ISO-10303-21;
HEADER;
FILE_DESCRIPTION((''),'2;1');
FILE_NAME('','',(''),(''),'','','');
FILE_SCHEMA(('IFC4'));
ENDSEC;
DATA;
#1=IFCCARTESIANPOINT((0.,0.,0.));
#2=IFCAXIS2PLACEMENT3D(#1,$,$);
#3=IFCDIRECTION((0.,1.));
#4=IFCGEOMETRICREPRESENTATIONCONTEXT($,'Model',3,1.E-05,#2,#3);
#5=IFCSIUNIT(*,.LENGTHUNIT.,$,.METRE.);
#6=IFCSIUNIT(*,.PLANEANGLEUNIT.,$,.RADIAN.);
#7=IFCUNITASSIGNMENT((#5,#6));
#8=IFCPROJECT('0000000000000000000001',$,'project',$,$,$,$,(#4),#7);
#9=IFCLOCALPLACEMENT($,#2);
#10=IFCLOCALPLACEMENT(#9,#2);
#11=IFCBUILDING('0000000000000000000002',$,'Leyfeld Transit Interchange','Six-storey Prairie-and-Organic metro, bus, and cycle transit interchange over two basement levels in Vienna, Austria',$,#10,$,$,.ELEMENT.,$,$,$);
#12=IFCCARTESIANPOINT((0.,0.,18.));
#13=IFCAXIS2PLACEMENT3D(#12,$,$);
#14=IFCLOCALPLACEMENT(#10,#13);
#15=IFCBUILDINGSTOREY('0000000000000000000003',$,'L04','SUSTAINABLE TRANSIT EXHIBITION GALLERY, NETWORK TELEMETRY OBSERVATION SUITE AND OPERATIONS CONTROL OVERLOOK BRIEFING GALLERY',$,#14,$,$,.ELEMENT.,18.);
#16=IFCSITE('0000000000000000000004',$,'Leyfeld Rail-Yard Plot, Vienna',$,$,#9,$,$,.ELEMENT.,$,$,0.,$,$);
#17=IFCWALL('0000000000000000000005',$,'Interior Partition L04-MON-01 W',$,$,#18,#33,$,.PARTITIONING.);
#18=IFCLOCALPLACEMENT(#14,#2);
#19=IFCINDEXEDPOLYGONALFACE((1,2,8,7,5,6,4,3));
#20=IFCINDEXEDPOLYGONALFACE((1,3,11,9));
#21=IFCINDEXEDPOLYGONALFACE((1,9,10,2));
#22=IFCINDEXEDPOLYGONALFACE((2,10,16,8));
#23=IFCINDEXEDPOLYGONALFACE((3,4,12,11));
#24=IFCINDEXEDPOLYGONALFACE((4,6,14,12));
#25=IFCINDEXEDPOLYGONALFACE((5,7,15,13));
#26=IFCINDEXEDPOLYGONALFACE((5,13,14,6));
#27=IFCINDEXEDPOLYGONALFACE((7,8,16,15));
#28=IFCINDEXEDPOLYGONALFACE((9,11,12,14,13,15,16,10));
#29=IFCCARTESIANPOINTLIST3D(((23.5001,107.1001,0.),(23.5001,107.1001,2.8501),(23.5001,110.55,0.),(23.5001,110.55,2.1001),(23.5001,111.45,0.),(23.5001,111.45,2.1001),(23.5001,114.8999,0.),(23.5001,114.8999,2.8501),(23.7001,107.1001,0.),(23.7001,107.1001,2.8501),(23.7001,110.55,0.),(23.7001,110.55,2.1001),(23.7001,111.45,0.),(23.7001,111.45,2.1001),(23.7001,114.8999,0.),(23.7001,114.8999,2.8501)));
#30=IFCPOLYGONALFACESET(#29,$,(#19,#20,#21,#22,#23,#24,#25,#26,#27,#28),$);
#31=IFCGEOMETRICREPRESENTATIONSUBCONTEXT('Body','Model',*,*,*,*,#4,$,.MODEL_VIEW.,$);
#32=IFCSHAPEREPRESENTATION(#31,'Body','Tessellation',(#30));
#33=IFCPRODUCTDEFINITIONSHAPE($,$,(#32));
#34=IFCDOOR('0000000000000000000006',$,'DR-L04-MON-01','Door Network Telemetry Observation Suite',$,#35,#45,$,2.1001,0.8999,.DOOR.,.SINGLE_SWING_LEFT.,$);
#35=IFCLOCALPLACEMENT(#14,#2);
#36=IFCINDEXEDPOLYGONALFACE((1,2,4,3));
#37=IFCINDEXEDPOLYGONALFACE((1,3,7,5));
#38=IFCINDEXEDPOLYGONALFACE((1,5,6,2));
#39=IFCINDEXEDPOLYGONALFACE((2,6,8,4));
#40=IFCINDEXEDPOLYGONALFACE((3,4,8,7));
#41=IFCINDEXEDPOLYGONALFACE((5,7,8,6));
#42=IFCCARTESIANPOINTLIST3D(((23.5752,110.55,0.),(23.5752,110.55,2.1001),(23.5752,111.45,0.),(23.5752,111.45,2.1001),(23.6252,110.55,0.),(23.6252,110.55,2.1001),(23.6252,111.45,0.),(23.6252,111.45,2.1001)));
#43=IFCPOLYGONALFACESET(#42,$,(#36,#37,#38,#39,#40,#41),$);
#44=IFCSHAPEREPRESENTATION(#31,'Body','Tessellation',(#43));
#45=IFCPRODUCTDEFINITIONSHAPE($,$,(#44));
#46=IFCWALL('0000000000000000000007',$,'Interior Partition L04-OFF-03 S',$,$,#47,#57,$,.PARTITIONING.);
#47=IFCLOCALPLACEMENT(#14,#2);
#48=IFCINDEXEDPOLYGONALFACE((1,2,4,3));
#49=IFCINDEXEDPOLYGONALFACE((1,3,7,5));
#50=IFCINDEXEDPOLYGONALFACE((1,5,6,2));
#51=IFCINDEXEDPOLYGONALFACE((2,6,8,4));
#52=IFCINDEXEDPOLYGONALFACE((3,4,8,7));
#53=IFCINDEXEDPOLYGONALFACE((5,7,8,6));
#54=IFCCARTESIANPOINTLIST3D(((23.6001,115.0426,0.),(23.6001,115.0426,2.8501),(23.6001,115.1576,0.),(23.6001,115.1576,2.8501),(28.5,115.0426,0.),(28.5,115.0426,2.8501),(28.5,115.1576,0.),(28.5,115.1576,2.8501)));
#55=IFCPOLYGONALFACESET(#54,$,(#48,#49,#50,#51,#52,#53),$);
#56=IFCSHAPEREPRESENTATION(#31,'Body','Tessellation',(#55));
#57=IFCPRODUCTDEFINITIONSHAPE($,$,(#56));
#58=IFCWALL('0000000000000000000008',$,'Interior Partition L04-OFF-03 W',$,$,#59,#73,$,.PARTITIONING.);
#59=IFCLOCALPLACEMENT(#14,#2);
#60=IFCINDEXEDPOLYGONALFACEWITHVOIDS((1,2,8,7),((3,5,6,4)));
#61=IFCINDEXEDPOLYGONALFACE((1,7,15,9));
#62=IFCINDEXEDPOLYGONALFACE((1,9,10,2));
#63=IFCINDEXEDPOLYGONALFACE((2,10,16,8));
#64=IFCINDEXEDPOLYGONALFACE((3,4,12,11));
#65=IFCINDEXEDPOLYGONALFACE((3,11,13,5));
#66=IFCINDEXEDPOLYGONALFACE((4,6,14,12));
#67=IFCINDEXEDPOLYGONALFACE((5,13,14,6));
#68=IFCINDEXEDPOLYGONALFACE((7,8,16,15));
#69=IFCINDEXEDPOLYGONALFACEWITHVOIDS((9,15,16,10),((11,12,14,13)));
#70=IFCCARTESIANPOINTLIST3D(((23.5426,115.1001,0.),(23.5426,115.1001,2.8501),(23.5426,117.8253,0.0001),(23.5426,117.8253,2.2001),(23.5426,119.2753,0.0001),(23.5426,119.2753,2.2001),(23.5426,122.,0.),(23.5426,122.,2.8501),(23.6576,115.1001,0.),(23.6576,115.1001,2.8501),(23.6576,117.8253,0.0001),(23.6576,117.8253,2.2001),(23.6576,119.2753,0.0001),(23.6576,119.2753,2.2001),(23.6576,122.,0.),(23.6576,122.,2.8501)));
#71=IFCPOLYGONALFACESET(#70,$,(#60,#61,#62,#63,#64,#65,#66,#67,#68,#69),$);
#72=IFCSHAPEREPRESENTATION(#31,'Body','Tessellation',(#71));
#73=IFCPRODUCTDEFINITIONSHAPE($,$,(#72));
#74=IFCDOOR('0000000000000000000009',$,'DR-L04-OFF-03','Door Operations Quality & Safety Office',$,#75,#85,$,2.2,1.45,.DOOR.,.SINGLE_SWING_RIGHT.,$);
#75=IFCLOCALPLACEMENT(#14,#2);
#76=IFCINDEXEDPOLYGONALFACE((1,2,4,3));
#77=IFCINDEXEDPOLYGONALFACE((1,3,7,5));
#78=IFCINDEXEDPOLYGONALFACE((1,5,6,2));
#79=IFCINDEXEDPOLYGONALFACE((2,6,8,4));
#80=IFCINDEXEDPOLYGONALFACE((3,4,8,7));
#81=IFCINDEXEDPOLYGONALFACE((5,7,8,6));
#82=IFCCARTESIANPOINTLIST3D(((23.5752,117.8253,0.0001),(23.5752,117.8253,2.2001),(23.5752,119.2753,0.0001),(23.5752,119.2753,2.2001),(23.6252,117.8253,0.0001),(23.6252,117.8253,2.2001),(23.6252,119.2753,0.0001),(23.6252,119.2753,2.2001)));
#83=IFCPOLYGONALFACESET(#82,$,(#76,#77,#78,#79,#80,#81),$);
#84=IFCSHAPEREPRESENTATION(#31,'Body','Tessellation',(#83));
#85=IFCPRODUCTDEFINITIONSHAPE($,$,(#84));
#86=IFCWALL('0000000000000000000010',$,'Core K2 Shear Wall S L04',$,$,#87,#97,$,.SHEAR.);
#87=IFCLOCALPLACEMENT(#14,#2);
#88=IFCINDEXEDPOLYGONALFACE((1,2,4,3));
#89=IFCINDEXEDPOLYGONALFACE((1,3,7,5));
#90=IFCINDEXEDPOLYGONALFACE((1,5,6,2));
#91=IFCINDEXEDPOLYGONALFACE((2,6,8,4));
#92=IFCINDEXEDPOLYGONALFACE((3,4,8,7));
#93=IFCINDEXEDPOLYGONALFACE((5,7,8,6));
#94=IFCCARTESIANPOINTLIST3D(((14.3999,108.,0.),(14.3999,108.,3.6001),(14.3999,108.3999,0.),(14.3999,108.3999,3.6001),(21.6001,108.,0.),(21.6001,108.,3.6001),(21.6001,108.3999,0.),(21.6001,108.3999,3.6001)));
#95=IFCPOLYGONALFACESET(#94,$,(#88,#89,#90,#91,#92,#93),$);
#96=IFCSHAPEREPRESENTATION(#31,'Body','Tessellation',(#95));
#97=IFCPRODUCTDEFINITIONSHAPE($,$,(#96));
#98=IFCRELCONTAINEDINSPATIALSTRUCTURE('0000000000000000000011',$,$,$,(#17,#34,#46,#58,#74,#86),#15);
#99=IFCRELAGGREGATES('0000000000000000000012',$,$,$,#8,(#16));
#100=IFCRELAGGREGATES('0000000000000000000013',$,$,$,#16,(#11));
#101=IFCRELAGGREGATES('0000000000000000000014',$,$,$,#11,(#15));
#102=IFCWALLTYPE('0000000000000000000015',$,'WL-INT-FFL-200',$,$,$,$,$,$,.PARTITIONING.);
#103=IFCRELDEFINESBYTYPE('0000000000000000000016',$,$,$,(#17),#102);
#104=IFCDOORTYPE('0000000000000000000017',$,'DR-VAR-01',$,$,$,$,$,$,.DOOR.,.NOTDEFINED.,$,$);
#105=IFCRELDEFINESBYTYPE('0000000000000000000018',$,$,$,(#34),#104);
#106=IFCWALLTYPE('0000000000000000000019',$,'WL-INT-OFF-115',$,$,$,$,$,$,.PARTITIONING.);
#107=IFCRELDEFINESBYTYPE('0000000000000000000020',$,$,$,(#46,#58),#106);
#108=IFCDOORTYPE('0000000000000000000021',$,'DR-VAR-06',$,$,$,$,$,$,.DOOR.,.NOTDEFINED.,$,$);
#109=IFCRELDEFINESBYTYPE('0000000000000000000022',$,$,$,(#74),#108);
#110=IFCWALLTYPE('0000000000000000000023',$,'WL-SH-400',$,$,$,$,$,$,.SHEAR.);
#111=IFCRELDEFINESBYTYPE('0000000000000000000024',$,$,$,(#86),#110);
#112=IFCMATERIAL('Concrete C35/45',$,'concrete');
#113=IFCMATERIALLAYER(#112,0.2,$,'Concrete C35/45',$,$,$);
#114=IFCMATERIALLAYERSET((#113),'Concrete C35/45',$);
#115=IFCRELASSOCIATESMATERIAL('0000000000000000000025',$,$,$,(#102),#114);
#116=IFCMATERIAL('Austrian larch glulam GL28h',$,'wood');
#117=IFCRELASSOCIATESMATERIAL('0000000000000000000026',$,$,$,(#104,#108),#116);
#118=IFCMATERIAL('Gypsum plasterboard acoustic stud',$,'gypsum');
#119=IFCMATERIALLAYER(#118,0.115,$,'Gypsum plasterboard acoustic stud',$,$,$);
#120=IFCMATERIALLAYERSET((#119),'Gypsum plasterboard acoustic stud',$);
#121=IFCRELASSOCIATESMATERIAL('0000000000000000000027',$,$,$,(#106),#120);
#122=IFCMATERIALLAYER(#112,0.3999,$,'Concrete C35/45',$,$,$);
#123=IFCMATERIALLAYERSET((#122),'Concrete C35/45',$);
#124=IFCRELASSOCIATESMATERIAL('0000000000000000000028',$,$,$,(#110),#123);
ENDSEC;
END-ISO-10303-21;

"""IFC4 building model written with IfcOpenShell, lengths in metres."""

from ifc_helpers import new_model, si_unit, direction, frame, frame_2d, origin, place, context, subcontext, project, spatial, rectangle, extrude, material, layer, layer_set, type_object, element, fill, save


model = new_model("IFC4")

# Units and contexts
model_context = context("Model", 3, precision=1e-05, world=origin(), true_north=direction((0.0, 1.0)))
body_context = subcontext(model_context, "Body", "Model", "MODEL_VIEW")
ifc_project = project(units=[si_unit("LENGTHUNIT", "METRE"), si_unit("PLANEANGLEUNIT", "RADIAN")], contexts=[model_context])

# Site, building, storey
site_placement = place(None, origin())
site = spatial("IfcSite", under=ifc_project, at=site_placement, Name="Leyfeld Rail-Yard Plot, Vienna", CompositionType="ELEMENT", RefElevation=0.0)
building_placement = place(site_placement, origin())
building = spatial("IfcBuilding", under=site, at=building_placement, Name="Leyfeld Transit Interchange", Description="Six-storey Prairie-and-Organic metro, bus, and cycle transit interchange over two basement levels in Vienna, Austria", CompositionType="ELEMENT")
storey_placement = place(building_placement, frame((0.0, 0.0, 18.0)))
storey = spatial("IfcBuildingStorey", under=building, at=storey_placement, Name="L04", Description="SUSTAINABLE TRANSIT EXHIBITION GALLERY, NETWORK TELEMETRY OBSERVATION SUITE AND OPERATIONS CONTROL OVERLOOK BRIEFING GALLERY", CompositionType="ELEMENT", Elevation=18.0)

# Shared definitions
ifc_material_1 = material(Name="Austrian larch glulam GL28h", Category="wood")

# Shared definitions
ifc_material_2 = material(Name="Concrete C35/45", Category="concrete")
ifc_layer_1 = layer(ifc_material_2, 0.2, Name="Concrete C35/45")
ifc_layer_set_1 = layer_set([ifc_layer_1], Name="Concrete C35/45")
wall_type_1 = type_object("IfcWallType", Name="WL-INT-FFL-200", PredefinedType="PARTITIONING", material=ifc_layer_set_1)

# Wall, opening, door
wall_1_placement = place(storey_placement, frame((23.6001, 107.1001, 0.0), z_axis=(0.0, 0.0, 1.0), x_axis=(0.0, 1.0, 0.0)))
wall_1 = element("IfcWall", 1, at=wall_1_placement, inside=storey, type_object=wall_type_1, Name="Interior Partition L04-MON-01 W", PredefinedType="PARTITIONING", context=body_context, shape_type="SweptSolid", body=[
    extrude(rectangle(XDim=7.7998, YDim=0.2, at=frame_2d((3.8999, 0.0))), origin(), (0.0, 0.0, 1.0), 2.8501),
])
opening_1_placement = place(wall_1_placement, frame((3.45, 0.0, 0.0)))
opening_1 = element("IfcOpeningElement", 2, at=opening_1_placement, cuts=wall_1, PredefinedType="OPENING", context=body_context, shape_type="SweptSolid", body=[
    extrude(rectangle(XDim=0.8999, YDim=2.1001, at=frame_2d((0.45, 1.05))), frame((0.0, 0.1099, 0.0), z_axis=(0.0, -1.0, 0.0), x_axis=(1.0, 0.0, 0.0)), (0.0, 0.0, 1.0), 0.22),
])
door_type_1 = type_object("IfcDoorType", Name="DR-VAR-01", OperationType="NOTDEFINED", PredefinedType="DOOR", material=ifc_material_1)
door_1_placement = place(opening_1_placement, origin())
door_1 = element("IfcDoor", 3, at=door_1_placement, inside=storey, type_object=door_type_1, Name="DR-L04-MON-01", Description="Door Network Telemetry Observation Suite", OperationType="SINGLE_SWING_LEFT", OverallHeight=2.1001, OverallWidth=0.8999, PredefinedType="DOOR", context=body_context, shape_type="SweptSolid", body=[
    extrude(rectangle(XDim=0.8999, YDim=2.1001, at=frame_2d((0.45, 1.05))), frame((0.0, 0.0249, 0.0), z_axis=(0.0, -1.0, 0.0), x_axis=(1.0, 0.0, 0.0)), (0.0, 0.0, 1.0), 0.05),
])
fill(opening_1, door_1)

# Wall
ifc_material_3 = material(Name="Gypsum plasterboard acoustic stud", Category="gypsum")
ifc_layer_2 = layer(ifc_material_3, 0.115, Name="Gypsum plasterboard acoustic stud")
ifc_layer_set_2 = layer_set([ifc_layer_2], Name="Gypsum plasterboard acoustic stud")
wall_type_2 = type_object("IfcWallType", Name="WL-INT-OFF-115", PredefinedType="PARTITIONING", material=ifc_layer_set_2)
wall_2_placement = place(storey_placement, frame((28.5, 115.1001, 0.0), z_axis=(0.0, 0.0, 1.0), x_axis=(-1.0, 0.0, 0.0)))
element("IfcWall", 4, at=wall_2_placement, inside=storey, type_object=wall_type_2, Name="Interior Partition L04-OFF-03 S", PredefinedType="PARTITIONING", context=body_context, shape_type="SweptSolid", body=[
    extrude(rectangle(XDim=4.8999, YDim=0.115, at=frame_2d((2.45, 0.0))), origin(), (0.0, 0.0, 1.0), 2.8501),
])

# Wall, opening, door
wall_3_placement = place(storey_placement, frame((23.6001, 115.1001, 0.0), z_axis=(0.0, 0.0, 1.0), x_axis=(0.0, 1.0, 0.0)))
wall_3 = element("IfcWall", 5, at=wall_3_placement, inside=storey, type_object=wall_type_2, Name="Interior Partition L04-OFF-03 W", PredefinedType="PARTITIONING", context=body_context, shape_type="SweptSolid", body=[
    extrude(rectangle(XDim=6.8999, YDim=0.115, at=frame_2d((3.45, 0.0))), origin(), (0.0, 0.0, 1.0), 2.8501),
])
opening_2_placement = place(wall_3_placement, frame((2.7251, 0.0, 0.0)))
opening_2 = element("IfcOpeningElement", 6, at=opening_2_placement, cuts=wall_3, PredefinedType="OPENING", context=body_context, shape_type="SweptSolid", body=[
    extrude(rectangle(XDim=1.45, YDim=2.2, at=frame_2d((0.7251, 1.1001))), frame((0.0, 0.0674, 0.0), z_axis=(0.0, -1.0, 0.0), x_axis=(1.0, 0.0, 0.0)), (0.0, 0.0, 1.0), 0.135),
])
door_type_2 = type_object("IfcDoorType", Name="DR-VAR-06", OperationType="NOTDEFINED", PredefinedType="DOOR", material=ifc_material_1)
door_2_placement = place(opening_2_placement, origin())
door_2 = element("IfcDoor", 7, at=door_2_placement, inside=storey, type_object=door_type_2, Name="DR-L04-OFF-03", Description="Door Operations Quality & Safety Office", OperationType="SINGLE_SWING_RIGHT", OverallHeight=2.2, OverallWidth=1.45, PredefinedType="DOOR", context=body_context, shape_type="SweptSolid", body=[
    extrude(rectangle(XDim=1.45, YDim=2.2, at=frame_2d((0.7251, 1.1001))), frame((0.0, 0.0249, 0.0), z_axis=(0.0, -1.0, 0.0), x_axis=(1.0, 0.0, 0.0)), (0.0, 0.0, 1.0), 0.05),
])
fill(opening_2, door_2)

# Wall
ifc_layer_3 = layer(ifc_material_2, 0.3999, Name="Concrete C35/45")
ifc_layer_set_3 = layer_set([ifc_layer_3], Name="Concrete C35/45")
wall_type_3 = type_object("IfcWallType", Name="WL-SH-400", PredefinedType="SHEAR", material=ifc_layer_set_3)
wall_4_placement = place(storey_placement, frame((21.6001, 108.2, 0.0), z_axis=(0.0, 0.0, 1.0), x_axis=(-1.0, 0.0, 0.0)))
element("IfcWall", 8, at=wall_4_placement, inside=storey, type_object=wall_type_3, Name="Core K2 Shear Wall S L04", PredefinedType="SHEAR", context=body_context, shape_type="SweptSolid", body=[
    extrude(rectangle(XDim=7.2002, YDim=0.3999, at=frame_2d((3.6001, 0.0))), origin(), (0.0, 0.0, 1.0), 3.6001),
])

save(model, "model.ifc")
